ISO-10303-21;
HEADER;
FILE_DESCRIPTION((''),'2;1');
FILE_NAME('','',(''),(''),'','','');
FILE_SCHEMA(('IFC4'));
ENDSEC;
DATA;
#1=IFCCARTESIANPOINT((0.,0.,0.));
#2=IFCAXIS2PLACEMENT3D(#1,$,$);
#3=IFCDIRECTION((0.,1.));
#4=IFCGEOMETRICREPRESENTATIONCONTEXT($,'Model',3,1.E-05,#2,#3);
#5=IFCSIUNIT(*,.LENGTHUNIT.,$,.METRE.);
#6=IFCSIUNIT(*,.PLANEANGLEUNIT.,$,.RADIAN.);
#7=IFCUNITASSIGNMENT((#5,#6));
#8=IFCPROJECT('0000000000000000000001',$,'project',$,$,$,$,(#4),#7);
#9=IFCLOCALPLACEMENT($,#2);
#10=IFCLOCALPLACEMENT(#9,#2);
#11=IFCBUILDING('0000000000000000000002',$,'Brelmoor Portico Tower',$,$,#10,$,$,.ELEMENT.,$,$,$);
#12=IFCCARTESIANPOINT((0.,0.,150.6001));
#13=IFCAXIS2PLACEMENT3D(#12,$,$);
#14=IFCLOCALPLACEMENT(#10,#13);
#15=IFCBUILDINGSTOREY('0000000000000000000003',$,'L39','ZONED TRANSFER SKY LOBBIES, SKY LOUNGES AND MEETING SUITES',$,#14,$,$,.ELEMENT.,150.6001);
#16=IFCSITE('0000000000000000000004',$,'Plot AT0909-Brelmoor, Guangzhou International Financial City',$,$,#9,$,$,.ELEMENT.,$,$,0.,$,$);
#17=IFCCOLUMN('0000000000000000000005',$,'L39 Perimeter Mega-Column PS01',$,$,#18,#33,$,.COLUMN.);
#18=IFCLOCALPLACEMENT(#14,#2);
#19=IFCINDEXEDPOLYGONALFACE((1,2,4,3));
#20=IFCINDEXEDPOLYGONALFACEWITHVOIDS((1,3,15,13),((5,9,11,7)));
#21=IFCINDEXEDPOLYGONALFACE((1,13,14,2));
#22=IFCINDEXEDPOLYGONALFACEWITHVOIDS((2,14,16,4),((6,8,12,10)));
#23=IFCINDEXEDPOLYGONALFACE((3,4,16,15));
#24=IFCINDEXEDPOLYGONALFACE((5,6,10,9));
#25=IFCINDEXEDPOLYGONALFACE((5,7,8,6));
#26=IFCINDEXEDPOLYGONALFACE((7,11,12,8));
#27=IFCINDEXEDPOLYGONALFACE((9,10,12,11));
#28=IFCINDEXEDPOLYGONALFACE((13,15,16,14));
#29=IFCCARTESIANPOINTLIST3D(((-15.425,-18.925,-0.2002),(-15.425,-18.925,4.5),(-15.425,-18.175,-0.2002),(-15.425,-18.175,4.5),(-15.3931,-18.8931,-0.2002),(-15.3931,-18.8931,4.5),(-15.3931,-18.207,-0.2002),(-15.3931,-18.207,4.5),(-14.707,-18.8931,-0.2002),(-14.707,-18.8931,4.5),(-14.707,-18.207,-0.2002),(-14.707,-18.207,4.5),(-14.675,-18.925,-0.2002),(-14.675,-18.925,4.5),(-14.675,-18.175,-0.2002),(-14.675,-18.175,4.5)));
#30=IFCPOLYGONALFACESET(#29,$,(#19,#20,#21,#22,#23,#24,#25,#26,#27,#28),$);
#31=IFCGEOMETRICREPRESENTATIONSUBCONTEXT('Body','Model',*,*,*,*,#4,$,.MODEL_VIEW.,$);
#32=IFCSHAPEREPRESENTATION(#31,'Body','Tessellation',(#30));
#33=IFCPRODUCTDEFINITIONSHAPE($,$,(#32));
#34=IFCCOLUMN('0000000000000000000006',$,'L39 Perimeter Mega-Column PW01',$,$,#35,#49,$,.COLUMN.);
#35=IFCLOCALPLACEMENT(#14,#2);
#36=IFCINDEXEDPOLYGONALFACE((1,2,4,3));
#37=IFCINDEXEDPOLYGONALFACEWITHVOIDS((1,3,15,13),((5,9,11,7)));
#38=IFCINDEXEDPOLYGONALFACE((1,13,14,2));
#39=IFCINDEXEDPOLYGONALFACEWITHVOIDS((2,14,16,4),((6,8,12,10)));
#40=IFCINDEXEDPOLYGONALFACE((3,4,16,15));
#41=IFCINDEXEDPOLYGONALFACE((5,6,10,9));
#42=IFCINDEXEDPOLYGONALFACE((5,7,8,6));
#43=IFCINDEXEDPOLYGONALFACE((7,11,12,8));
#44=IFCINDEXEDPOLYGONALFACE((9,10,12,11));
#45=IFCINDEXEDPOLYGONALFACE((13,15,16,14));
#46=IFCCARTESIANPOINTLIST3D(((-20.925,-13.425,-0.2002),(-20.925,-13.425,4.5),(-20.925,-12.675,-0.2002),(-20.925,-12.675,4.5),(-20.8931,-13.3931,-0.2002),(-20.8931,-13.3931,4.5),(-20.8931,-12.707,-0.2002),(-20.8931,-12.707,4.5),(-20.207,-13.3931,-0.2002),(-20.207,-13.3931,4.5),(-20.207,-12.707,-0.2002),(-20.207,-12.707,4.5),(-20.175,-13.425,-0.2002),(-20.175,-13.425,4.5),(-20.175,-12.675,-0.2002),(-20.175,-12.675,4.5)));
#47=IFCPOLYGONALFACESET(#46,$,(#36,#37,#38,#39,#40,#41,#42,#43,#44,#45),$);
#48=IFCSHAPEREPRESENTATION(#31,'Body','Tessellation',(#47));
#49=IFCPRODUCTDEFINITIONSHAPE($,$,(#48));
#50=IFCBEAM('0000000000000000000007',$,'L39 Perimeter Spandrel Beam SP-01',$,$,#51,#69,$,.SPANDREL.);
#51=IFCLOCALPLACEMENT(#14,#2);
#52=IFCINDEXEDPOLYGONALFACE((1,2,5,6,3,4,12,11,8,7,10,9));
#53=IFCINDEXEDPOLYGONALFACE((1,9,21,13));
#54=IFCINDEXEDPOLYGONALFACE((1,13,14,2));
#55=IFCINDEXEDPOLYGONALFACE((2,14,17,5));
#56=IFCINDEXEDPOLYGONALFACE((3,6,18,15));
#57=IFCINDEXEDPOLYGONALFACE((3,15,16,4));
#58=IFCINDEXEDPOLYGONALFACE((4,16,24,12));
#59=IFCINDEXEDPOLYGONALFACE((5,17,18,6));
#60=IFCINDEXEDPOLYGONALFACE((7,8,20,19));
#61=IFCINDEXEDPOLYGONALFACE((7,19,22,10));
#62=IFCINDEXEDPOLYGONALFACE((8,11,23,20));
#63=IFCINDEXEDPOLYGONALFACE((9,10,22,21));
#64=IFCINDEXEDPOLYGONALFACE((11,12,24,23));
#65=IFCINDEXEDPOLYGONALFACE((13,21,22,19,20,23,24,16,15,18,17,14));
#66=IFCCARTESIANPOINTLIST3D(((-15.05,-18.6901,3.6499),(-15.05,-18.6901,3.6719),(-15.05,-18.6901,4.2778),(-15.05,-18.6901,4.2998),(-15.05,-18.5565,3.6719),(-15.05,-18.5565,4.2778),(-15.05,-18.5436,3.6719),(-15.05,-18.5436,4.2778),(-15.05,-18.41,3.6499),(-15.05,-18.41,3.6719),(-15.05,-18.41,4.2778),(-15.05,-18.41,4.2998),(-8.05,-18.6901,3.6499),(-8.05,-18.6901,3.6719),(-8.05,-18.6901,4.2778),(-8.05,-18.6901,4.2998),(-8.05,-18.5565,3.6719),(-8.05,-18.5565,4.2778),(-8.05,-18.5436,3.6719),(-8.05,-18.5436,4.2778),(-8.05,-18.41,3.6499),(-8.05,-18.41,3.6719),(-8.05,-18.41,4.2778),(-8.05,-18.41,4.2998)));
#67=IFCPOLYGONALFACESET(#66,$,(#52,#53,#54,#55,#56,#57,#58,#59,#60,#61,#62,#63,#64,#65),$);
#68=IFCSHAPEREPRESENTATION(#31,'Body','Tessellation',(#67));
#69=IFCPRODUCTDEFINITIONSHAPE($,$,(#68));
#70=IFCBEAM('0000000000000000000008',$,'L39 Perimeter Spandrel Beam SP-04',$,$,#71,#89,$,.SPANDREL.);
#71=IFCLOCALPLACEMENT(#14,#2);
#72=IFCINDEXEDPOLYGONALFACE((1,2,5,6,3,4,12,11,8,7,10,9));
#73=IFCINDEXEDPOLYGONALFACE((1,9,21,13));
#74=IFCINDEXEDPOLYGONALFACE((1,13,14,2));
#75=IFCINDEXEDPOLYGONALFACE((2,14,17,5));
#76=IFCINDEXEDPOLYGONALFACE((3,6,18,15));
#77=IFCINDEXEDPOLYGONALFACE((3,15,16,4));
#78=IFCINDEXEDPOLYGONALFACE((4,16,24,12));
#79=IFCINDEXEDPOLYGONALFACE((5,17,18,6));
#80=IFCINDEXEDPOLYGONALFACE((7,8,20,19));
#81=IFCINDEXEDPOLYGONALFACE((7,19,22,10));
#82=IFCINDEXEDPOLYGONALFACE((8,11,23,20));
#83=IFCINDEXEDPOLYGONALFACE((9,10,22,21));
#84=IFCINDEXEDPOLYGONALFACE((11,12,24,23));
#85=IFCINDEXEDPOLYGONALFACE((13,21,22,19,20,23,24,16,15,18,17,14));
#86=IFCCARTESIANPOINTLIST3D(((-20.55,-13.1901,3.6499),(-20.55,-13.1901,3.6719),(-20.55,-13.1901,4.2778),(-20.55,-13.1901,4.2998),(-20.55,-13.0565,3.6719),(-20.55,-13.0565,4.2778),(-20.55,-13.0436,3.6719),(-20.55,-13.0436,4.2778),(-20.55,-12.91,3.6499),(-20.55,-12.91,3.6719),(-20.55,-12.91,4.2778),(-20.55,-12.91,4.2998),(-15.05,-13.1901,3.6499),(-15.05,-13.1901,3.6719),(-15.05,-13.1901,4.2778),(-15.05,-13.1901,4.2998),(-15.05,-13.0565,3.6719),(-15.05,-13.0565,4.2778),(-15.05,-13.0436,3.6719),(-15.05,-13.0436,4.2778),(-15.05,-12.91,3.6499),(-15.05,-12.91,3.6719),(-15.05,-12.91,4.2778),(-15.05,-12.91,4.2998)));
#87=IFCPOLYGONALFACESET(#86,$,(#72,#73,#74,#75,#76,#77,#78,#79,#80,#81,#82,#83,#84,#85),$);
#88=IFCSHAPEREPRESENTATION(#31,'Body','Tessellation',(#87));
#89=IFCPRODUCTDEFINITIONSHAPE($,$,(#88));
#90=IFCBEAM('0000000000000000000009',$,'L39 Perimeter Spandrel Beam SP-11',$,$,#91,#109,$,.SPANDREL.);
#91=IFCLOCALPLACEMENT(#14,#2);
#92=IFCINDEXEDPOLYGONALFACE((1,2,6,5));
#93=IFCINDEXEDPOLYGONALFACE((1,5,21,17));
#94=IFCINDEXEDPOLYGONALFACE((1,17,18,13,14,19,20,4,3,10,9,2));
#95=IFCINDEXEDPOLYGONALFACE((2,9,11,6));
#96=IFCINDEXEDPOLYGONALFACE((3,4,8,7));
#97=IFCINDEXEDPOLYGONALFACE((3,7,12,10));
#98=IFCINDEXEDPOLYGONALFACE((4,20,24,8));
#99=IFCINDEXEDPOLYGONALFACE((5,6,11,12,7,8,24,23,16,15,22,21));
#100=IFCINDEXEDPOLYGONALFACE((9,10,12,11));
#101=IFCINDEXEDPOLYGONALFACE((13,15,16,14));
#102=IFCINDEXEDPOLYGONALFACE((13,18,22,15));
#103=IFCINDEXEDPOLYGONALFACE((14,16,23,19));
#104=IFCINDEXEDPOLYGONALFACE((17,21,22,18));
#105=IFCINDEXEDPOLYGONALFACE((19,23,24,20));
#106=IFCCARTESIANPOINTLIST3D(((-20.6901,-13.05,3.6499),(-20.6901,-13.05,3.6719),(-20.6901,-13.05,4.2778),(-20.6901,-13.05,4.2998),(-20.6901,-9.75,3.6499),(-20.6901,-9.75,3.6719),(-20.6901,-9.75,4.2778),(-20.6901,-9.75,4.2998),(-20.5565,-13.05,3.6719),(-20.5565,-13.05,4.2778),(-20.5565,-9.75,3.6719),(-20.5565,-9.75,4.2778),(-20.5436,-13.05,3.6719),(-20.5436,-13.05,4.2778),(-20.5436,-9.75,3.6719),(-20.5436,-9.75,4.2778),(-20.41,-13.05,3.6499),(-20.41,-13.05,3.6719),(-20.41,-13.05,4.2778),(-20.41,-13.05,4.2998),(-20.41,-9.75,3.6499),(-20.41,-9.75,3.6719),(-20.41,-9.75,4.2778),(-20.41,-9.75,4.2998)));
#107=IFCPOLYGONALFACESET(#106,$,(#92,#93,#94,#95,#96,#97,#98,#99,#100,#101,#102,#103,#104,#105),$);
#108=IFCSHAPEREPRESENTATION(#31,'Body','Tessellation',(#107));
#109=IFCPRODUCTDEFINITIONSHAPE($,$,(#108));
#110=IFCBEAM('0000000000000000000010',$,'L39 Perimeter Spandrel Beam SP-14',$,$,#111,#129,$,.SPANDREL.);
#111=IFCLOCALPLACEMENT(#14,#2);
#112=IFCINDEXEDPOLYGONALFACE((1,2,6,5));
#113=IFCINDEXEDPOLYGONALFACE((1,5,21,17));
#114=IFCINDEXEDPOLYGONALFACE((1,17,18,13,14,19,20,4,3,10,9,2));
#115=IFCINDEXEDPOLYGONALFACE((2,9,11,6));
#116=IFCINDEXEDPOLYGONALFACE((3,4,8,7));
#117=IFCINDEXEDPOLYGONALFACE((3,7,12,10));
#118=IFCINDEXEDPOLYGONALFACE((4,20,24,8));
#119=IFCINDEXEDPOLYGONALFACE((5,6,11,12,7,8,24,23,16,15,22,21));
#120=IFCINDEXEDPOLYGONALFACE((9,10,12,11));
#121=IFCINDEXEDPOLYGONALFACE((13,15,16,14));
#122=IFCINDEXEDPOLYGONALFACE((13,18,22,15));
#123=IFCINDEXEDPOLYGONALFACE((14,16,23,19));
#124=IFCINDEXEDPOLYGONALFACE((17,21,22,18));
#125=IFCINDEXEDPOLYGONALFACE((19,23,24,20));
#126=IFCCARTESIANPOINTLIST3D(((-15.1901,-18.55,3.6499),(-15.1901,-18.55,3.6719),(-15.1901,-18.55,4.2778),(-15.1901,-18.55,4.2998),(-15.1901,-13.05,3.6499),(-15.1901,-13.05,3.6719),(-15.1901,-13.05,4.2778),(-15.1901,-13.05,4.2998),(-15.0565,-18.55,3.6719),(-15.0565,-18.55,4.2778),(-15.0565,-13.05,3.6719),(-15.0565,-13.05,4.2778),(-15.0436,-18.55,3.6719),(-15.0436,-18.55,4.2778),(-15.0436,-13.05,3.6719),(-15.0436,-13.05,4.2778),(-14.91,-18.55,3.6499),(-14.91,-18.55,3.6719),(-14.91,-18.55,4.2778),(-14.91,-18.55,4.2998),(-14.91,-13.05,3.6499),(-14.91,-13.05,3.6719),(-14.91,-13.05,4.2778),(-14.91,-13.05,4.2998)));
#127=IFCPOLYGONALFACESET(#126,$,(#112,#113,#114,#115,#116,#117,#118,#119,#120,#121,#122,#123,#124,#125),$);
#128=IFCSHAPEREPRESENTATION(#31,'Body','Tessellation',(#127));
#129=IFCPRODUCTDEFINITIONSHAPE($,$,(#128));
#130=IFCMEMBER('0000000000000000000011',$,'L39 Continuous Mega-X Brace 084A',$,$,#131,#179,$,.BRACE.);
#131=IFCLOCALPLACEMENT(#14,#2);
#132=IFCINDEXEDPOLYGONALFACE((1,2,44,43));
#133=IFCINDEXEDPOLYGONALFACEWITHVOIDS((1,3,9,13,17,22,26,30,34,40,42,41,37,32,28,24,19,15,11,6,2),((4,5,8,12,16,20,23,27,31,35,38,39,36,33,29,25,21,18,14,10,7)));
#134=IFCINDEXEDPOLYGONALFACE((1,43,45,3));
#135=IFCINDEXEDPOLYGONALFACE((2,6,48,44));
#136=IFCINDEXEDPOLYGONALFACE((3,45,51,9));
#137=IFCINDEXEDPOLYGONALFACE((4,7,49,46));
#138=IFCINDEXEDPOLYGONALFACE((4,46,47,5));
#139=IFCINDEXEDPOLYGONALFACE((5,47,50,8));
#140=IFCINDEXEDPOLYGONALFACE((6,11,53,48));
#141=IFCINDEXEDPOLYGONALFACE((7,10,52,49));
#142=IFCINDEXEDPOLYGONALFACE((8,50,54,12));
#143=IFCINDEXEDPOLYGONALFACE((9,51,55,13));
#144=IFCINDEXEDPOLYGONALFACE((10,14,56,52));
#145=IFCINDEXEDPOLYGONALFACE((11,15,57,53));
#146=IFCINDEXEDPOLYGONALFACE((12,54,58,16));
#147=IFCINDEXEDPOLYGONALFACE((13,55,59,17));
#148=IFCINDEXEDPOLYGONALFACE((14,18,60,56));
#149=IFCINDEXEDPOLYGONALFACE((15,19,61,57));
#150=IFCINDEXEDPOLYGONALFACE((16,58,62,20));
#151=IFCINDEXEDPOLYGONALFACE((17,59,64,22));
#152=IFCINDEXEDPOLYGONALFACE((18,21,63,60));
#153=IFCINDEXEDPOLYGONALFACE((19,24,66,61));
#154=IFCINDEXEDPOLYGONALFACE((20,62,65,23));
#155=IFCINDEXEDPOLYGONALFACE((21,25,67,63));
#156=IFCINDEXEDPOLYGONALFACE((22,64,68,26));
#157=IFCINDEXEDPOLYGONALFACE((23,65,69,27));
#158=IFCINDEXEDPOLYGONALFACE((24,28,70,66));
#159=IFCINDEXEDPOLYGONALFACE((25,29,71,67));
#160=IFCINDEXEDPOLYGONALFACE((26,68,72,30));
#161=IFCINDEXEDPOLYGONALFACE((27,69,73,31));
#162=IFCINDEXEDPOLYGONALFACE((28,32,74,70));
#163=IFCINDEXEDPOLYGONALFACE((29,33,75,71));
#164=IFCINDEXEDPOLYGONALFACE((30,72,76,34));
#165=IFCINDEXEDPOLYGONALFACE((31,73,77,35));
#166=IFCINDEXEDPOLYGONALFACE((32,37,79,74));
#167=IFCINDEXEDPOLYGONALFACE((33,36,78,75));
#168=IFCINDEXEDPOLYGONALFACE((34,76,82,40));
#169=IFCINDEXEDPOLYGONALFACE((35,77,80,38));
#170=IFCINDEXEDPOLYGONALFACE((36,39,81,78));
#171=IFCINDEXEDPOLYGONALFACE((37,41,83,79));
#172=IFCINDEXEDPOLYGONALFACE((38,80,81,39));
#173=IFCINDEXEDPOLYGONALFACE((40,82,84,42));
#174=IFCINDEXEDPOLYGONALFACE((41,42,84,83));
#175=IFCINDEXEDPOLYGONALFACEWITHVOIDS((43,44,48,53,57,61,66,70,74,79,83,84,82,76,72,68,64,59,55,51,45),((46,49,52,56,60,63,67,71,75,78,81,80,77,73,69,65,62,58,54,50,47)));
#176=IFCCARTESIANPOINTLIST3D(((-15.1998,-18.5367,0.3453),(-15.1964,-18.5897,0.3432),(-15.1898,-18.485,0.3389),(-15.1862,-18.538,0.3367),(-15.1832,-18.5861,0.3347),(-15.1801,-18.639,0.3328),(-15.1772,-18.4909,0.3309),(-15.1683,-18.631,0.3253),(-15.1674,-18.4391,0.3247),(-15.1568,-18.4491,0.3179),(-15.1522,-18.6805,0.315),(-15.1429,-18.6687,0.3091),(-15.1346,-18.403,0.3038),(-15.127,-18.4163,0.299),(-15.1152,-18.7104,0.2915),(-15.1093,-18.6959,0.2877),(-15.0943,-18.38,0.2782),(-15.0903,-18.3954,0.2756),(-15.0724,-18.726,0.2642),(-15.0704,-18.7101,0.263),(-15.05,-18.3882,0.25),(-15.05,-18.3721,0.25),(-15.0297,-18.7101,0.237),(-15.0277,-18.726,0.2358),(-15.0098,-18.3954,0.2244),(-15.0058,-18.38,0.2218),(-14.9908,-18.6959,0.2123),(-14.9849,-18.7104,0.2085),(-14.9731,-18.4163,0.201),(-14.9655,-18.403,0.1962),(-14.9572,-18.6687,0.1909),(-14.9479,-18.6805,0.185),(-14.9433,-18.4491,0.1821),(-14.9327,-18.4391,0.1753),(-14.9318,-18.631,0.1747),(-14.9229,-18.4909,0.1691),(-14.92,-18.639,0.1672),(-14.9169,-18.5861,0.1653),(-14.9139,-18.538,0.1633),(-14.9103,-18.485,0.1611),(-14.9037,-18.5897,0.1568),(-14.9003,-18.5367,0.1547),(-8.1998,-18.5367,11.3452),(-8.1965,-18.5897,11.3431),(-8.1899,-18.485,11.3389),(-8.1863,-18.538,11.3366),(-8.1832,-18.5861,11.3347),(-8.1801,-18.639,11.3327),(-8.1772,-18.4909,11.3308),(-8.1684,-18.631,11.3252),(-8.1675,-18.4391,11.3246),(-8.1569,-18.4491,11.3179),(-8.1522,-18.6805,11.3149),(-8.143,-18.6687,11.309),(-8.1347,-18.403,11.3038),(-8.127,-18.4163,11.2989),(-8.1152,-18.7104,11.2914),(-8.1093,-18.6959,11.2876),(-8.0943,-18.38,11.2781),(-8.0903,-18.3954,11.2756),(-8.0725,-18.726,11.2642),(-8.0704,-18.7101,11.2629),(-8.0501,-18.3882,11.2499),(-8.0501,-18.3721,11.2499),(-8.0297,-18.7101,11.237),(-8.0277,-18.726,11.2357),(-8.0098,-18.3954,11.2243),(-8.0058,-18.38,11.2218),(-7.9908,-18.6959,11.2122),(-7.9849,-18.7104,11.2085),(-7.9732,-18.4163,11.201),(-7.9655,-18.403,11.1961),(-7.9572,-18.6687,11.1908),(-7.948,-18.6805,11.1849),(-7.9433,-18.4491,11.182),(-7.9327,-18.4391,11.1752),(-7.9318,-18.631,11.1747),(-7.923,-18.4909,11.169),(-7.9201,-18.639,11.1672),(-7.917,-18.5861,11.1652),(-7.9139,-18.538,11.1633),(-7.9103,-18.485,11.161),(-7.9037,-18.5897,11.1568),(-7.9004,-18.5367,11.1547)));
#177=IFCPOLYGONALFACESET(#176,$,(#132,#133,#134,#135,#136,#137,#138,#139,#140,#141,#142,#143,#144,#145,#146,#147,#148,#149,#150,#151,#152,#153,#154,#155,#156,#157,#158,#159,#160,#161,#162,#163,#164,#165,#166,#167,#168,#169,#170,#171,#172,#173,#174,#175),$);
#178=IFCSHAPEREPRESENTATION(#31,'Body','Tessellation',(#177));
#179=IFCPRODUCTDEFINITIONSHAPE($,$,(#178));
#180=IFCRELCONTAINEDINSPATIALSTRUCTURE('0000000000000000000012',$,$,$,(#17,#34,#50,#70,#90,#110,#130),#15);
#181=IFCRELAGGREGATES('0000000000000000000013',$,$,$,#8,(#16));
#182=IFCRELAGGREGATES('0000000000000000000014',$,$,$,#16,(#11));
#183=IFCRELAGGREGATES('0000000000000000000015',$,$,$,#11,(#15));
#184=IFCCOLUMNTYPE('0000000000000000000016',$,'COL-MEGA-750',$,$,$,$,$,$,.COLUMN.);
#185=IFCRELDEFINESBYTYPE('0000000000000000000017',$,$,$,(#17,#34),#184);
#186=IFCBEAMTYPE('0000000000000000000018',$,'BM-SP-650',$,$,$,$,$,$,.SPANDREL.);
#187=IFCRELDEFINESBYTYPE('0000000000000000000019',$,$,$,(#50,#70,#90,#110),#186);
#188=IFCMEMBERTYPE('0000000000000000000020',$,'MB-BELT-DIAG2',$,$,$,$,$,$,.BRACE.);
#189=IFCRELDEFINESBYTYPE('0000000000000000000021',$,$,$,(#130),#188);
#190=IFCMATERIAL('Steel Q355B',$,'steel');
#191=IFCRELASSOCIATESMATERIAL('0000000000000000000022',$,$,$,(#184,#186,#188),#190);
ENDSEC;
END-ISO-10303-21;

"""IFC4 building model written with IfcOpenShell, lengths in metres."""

from ifc_helpers import new_model, si_unit, direction, frame, origin, origin_2d, place, context, subcontext, project, spatial, hollow_rectangle, hollow_circle, i_section, extrude, material, material_profile, profile_set, type_object, element, save


model = new_model("IFC4")

# Units and contexts
model_context = context("Model", 3, precision=1e-05, world=origin(), true_north=direction((0.0, 1.0)))
body_context = subcontext(model_context, "Body", "Model", "MODEL_VIEW")
ifc_project = project(units=[si_unit("LENGTHUNIT", "METRE"), si_unit("PLANEANGLEUNIT", "RADIAN")], contexts=[model_context])

# Site, building, storey
site_placement = place(None, origin())
site = spatial("IfcSite", under=ifc_project, at=site_placement, Name="Plot AT0909-Brelmoor, Guangzhou International Financial City", CompositionType="ELEMENT", RefElevation=0.0)
building_placement = place(site_placement, origin())
building = spatial("IfcBuilding", under=site, at=building_placement, Name="Brelmoor Portico Tower", CompositionType="ELEMENT")
storey_placement = place(building_placement, frame((0.0, 0.0, 150.6001)))
storey = spatial("IfcBuildingStorey", under=building, at=storey_placement, Name="L39", Description="ZONED TRANSFER SKY LOBBIES, SKY LOUNGES AND MEETING SUITES", CompositionType="ELEMENT", Elevation=150.6001)

# Columns
ifc_material_1 = material(Name="Steel Q355B", Category="steel")
ifc_material_profile_1 = material_profile(ifc_material_1, hollow_rectangle(XDim=0.75, YDim=0.75, WallThickness=0.032, at=origin_2d()), Name="BOX 750x750x32")
ifc_profile_set_1 = profile_set([ifc_material_profile_1], Name="Steel Q355B")
column_type = type_object("IfcColumnType", Name="COL-MEGA-750", PredefinedType="COLUMN", material=ifc_profile_set_1)
for number, where, z_axis, x_axis, name in (
    (1, (-15.05, -18.55, -0.2002), (0.0, 0.0, 1.0), (1.0, 0.0, 0.0), "L39 Perimeter Mega-Column PS01"),
    (2, (-20.55, -13.05, -0.2002), (0.0, 0.0, 1.0), (0.0, 1.0, 0.0), "L39 Perimeter Mega-Column PW01"),
):
    element("IfcColumn", number, at=place(storey_placement, frame(where, z_axis=z_axis, x_axis=x_axis)), inside=storey, type_object=column_type, Name=name, PredefinedType="COLUMN", context=body_context, shape_type="SweptSolid", body=[
        extrude(hollow_rectangle(XDim=0.75, YDim=0.75, WallThickness=0.032, at=origin_2d()), origin(), (0.0, 0.0, 1.0), 4.7002),
    ])

# Beams
ifc_material_profile_2 = material_profile(ifc_material_1, i_section(OverallWidth=0.28, OverallDepth=0.6499, WebThickness=0.0129, FlangeThickness=0.022, at=origin_2d()), Name="HN 650x280x13x22")
ifc_profile_set_2 = profile_set([ifc_material_profile_2], Name="Steel Q355B")
beam_type = type_object("IfcBeamType", Name="BM-SP-650", PredefinedType="SPANDREL", material=ifc_profile_set_2)
beam_1_placement = place(storey_placement, frame((-15.05, -18.55, 3.9749), z_axis=(1.0, 0.0, 0.0), x_axis=(0.0, 1.0, 0.0)))
element("IfcBeam", 3, at=beam_1_placement, inside=storey, type_object=beam_type, Name="L39 Perimeter Spandrel Beam SP-01", PredefinedType="SPANDREL", context=body_context, shape_type="SweptSolid", body=[
    extrude(i_section(OverallWidth=0.28, OverallDepth=0.6499, WebThickness=0.0129, FlangeThickness=0.022, at=origin_2d()), origin(), (0.0, 0.0, 1.0), 7.0),
])
beam_2_placement = place(storey_placement, frame((-20.55, -13.05, 3.9749), z_axis=(1.0, 0.0, 0.0), x_axis=(0.0, 1.0, 0.0)))
element("IfcBeam", 4, at=beam_2_placement, inside=storey, type_object=beam_type, Name="L39 Perimeter Spandrel Beam SP-04", PredefinedType="SPANDREL", context=body_context, shape_type="SweptSolid", body=[
    extrude(i_section(OverallWidth=0.28, OverallDepth=0.6499, WebThickness=0.0129, FlangeThickness=0.022, at=origin_2d()), origin(), (0.0, 0.0, 1.0), 5.5),
])
beam_3_placement = place(storey_placement, frame((-20.55, -13.05, 3.9749), z_axis=(0.0, 1.0, 0.0), x_axis=(-1.0, 0.0, 0.0)))
element("IfcBeam", 5, at=beam_3_placement, inside=storey, type_object=beam_type, Name="L39 Perimeter Spandrel Beam SP-11", PredefinedType="SPANDREL", context=body_context, shape_type="SweptSolid", body=[
    extrude(i_section(OverallWidth=0.28, OverallDepth=0.6499, WebThickness=0.0129, FlangeThickness=0.022, at=origin_2d()), origin(), (0.0, 0.0, 1.0), 3.3),
])
beam_4_placement = place(storey_placement, frame((-15.05, -18.55, 3.9749), z_axis=(0.0, 1.0, 0.0), x_axis=(-1.0, 0.0, 0.0)))
element("IfcBeam", 6, at=beam_4_placement, inside=storey, type_object=beam_type, Name="L39 Perimeter Spandrel Beam SP-14", PredefinedType="SPANDREL", context=body_context, shape_type="SweptSolid", body=[
    extrude(i_section(OverallWidth=0.28, OverallDepth=0.6499, WebThickness=0.0129, FlangeThickness=0.022, at=origin_2d()), origin(), (0.0, 0.0, 1.0), 5.5),
])

# Member
ifc_material_profile_3 = material_profile(ifc_material_1, hollow_circle(Radius=0.178, WallThickness=0.0161, at=origin_2d()), Name="CHS 356x16")
ifc_profile_set_3 = profile_set([ifc_material_profile_3], Name="Steel Q355B")
member_type_1 = type_object("IfcMemberType", Name="MB-BELT-DIAG2", PredefinedType="BRACE", material=ifc_profile_set_3)
member_1_placement = place(storey_placement, frame((-15.05, -18.55, 0.25), z_axis=(0.536875, 0.0, 0.843661), x_axis=(0.0, 1.0, 0.0)))
element("IfcMember", 7, at=member_1_placement, inside=storey, type_object=member_type_1, Name="L39 Continuous Mega-X Brace 084A", PredefinedType="BRACE", context=body_context, shape_type="SweptSolid", body=[
    extrude(hollow_circle(Radius=0.178, WallThickness=0.0161, at=origin_2d()), origin(), (0.0, 0.0, 1.0), 13.0383),
])

save(model, "model.ifc")
